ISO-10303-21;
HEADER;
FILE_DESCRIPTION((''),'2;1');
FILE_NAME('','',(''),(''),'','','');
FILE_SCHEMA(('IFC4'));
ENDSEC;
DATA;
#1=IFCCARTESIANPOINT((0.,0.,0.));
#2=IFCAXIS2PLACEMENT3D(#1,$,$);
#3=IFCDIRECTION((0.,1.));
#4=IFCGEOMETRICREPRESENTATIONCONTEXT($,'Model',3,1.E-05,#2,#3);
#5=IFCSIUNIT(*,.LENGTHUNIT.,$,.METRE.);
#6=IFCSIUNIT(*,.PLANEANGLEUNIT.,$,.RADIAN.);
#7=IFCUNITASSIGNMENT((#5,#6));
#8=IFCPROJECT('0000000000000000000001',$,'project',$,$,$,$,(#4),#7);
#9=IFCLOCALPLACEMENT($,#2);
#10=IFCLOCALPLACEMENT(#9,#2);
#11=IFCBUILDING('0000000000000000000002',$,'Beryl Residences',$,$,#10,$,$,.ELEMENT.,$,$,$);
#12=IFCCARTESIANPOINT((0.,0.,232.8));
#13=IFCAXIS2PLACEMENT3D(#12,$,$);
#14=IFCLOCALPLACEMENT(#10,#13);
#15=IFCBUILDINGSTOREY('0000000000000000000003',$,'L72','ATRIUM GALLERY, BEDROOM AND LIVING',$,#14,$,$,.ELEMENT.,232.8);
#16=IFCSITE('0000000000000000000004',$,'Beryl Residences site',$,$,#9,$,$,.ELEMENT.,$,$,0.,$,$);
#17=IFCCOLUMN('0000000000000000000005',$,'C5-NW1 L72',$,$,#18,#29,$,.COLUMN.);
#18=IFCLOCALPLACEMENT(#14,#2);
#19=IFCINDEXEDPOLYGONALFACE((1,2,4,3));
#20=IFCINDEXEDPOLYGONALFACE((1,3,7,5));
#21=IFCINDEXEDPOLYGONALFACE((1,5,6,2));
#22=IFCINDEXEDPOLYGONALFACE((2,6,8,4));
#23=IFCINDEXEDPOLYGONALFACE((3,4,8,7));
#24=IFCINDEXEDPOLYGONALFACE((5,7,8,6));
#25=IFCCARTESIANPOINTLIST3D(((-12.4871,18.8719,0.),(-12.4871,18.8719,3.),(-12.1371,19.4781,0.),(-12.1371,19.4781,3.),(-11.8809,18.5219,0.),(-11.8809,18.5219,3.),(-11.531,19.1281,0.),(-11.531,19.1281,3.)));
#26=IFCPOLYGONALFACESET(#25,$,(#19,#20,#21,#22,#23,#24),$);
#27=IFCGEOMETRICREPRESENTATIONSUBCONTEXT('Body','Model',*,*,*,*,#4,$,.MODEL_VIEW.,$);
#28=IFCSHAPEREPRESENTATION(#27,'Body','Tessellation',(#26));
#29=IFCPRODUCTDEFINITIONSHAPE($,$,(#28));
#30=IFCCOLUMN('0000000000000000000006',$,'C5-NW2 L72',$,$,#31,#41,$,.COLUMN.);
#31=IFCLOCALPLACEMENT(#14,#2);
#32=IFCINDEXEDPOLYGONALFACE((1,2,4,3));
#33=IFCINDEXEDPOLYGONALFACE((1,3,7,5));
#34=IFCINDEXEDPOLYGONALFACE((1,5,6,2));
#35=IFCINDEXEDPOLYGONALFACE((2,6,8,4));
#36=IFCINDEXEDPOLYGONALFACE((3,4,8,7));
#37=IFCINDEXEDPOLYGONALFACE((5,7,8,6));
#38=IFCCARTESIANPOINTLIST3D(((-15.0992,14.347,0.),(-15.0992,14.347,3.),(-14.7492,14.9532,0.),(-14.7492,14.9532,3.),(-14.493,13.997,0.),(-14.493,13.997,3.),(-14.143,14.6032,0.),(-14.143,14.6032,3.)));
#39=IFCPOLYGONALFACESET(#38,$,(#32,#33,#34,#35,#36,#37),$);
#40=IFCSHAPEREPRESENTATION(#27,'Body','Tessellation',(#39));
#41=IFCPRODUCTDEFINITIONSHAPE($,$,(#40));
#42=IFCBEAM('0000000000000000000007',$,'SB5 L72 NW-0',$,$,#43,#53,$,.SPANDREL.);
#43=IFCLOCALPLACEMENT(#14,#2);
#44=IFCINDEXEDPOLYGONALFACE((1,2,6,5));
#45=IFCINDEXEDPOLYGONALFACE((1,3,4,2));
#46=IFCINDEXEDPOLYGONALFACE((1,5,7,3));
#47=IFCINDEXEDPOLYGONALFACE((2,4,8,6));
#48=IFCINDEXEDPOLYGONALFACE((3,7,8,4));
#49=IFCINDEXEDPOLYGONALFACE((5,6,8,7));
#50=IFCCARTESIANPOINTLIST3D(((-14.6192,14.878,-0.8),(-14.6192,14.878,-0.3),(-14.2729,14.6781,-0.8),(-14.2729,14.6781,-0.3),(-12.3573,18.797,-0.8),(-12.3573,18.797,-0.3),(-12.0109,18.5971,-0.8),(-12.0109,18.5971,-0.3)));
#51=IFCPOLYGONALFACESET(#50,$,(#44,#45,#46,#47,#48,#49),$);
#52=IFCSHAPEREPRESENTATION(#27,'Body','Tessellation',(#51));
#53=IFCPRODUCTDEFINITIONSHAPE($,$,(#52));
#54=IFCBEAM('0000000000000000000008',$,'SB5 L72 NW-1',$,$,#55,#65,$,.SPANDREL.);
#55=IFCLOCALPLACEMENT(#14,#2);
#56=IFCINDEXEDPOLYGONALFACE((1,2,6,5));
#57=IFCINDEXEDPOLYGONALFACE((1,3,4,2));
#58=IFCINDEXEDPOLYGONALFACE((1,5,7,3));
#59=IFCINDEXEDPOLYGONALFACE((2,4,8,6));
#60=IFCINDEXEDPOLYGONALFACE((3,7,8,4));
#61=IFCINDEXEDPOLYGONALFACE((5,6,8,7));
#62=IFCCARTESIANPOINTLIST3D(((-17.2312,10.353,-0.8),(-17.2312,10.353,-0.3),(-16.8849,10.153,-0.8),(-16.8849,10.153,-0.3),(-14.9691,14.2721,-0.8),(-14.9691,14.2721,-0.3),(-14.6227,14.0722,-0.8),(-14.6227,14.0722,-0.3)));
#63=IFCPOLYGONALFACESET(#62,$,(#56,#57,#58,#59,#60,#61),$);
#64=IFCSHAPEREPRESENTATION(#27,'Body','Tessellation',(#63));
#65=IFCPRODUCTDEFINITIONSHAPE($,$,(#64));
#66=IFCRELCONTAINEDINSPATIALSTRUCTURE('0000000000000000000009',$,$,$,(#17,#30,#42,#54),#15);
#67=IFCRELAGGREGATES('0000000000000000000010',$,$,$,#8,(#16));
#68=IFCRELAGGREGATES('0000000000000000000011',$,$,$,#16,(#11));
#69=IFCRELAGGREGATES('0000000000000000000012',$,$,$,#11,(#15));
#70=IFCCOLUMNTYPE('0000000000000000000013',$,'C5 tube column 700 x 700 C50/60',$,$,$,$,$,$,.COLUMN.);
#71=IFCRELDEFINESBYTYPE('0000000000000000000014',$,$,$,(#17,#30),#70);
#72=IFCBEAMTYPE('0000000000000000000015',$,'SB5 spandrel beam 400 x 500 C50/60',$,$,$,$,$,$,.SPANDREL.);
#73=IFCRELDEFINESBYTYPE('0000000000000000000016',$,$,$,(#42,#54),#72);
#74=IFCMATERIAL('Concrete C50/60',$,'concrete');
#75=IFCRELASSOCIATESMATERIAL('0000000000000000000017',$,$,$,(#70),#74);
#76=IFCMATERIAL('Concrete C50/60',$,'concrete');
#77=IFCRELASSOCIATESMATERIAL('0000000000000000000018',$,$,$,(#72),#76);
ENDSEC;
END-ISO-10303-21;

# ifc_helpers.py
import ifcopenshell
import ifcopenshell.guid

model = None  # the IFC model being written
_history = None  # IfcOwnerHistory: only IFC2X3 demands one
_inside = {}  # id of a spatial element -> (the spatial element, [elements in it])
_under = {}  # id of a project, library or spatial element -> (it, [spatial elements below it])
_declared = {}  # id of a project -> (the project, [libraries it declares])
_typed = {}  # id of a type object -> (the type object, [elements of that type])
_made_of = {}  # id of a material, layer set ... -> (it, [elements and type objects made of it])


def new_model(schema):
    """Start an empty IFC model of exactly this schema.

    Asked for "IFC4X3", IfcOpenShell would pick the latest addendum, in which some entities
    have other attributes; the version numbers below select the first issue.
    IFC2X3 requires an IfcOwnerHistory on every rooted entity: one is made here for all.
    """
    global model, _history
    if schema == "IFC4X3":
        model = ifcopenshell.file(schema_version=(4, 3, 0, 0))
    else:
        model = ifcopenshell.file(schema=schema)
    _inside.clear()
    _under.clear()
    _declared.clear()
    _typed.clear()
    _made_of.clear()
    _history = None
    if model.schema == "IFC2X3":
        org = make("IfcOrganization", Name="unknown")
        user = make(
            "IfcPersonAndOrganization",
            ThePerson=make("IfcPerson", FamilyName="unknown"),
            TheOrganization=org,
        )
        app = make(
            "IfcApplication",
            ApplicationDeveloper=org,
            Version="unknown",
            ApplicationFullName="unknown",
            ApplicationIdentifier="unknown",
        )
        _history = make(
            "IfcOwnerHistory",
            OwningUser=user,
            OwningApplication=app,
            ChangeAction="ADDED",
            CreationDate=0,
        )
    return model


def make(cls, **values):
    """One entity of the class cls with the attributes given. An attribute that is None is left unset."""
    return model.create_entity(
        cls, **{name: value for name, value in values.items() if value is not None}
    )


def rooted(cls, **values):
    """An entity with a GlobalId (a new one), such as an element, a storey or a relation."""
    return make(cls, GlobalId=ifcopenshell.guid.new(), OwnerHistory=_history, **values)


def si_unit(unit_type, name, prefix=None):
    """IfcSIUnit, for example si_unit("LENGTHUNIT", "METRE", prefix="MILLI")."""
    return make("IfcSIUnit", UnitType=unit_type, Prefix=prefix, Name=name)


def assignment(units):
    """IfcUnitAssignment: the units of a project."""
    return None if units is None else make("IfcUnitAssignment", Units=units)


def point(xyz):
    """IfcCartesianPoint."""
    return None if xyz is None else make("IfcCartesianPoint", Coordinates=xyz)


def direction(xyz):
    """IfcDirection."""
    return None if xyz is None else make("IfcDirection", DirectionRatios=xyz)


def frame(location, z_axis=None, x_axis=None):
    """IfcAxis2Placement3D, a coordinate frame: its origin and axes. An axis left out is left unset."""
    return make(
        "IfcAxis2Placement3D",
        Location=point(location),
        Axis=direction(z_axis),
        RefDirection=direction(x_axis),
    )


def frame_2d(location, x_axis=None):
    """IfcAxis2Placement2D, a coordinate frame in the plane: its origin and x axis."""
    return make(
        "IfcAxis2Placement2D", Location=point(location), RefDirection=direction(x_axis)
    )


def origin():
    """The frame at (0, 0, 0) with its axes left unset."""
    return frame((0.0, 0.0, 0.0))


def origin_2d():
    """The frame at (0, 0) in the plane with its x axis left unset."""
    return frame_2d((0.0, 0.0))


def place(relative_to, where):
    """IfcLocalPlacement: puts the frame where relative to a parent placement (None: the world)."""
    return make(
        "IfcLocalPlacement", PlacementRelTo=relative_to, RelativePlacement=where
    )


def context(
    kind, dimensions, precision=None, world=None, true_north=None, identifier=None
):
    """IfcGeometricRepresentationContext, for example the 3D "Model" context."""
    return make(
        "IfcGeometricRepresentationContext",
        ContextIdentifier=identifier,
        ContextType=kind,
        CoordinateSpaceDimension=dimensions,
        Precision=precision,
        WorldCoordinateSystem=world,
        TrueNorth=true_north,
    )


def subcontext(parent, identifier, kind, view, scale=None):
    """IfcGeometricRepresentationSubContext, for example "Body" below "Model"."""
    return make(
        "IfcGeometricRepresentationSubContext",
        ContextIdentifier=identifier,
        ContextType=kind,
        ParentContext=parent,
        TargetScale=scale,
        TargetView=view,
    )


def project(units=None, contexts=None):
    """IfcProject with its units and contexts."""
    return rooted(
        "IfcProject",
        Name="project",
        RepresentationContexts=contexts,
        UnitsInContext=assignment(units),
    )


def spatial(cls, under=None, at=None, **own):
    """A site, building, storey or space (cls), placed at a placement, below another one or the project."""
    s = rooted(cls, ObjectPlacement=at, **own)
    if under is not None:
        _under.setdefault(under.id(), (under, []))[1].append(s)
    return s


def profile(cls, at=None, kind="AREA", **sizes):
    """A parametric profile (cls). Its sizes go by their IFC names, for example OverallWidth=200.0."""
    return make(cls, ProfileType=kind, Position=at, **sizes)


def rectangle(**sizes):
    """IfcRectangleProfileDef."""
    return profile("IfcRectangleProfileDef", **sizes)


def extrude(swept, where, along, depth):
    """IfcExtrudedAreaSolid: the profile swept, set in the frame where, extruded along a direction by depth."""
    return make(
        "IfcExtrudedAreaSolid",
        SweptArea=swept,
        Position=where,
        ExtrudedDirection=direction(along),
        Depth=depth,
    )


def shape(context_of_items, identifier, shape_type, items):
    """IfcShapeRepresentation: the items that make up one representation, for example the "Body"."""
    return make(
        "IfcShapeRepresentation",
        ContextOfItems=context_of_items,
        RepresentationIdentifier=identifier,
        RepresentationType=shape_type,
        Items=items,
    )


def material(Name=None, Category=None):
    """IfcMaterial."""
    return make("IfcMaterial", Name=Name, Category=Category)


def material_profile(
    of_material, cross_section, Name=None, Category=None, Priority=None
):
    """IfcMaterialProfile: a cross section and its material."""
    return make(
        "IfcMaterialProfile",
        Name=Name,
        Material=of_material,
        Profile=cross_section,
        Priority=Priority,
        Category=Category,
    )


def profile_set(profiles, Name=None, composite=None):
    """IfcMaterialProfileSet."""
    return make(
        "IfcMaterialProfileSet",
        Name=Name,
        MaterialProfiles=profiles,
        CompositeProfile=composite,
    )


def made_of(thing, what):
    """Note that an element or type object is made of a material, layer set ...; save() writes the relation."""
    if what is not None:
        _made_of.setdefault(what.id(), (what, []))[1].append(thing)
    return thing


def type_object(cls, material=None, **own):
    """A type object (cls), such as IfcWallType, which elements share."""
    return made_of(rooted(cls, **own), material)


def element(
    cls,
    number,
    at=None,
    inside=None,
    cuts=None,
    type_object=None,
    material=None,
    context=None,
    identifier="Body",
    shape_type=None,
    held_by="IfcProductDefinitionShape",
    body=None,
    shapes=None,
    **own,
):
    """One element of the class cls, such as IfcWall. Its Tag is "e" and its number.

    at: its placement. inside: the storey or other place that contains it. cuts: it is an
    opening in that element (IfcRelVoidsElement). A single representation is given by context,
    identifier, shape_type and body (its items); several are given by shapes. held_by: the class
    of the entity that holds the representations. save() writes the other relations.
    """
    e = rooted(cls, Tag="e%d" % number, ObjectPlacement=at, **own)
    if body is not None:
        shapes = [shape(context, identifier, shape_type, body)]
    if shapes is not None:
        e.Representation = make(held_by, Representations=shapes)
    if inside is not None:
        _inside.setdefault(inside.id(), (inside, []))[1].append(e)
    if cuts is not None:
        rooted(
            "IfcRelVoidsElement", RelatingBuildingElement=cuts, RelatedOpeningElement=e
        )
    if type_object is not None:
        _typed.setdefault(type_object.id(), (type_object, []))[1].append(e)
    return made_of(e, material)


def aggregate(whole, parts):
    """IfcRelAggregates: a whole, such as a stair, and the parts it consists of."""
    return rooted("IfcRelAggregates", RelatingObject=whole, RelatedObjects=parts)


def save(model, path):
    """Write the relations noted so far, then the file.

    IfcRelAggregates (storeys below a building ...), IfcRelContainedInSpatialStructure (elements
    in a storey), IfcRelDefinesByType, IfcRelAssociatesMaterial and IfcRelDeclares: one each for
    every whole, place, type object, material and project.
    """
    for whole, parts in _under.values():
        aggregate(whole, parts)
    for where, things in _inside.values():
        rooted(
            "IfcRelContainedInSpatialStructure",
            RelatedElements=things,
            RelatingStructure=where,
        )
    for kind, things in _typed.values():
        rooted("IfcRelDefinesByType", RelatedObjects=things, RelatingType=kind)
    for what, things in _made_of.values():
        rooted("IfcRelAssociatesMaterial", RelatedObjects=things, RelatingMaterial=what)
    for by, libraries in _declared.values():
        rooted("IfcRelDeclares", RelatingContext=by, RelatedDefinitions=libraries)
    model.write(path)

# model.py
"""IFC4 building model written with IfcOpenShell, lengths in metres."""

from ifc_helpers import new_model, si_unit, direction, frame, origin, origin_2d, place, context, subcontext, project, spatial, rectangle, extrude, material, material_profile, profile_set, type_object, element, save


model = new_model("IFC4")

# Units and contexts
model_context = context("Model", 3, precision=1e-05, world=origin(), true_north=direction((0.0, 1.0)))
body_context = subcontext(model_context, "Body", "Model", "MODEL_VIEW")
ifc_project = project(units=[si_unit("LENGTHUNIT", "METRE"), si_unit("PLANEANGLEUNIT", "RADIAN")], contexts=[model_context])

# Site, building, storey
site_placement = place(None, origin())
site = spatial("IfcSite", under=ifc_project, at=site_placement, Name="Beryl Residences site", CompositionType="ELEMENT", RefElevation=0.0)
building_placement = place(site_placement, origin())
building = spatial("IfcBuilding", under=site, at=building_placement, Name="Beryl Residences", CompositionType="ELEMENT")
storey_placement = place(building_placement, frame((0.0, 0.0, 232.8)))
storey = spatial("IfcBuildingStorey", under=building, at=storey_placement, Name="L72", Description="ATRIUM GALLERY, BEDROOM AND LIVING", CompositionType="ELEMENT", Elevation=232.8)

# Columns
ifc_material_1 = material(Name="Concrete C50/60", Category="concrete")
ifc_material_profile_1 = material_profile(ifc_material_1, rectangle(XDim=0.7, YDim=0.7, at=origin_2d()))
ifc_profile_set_1 = profile_set([ifc_material_profile_1], Name="Concrete C50/60")
column_type = type_object("IfcColumnType", Name="C5 tube column 700 x 700 C50/60", PredefinedType="COLUMN", material=ifc_profile_set_1)
for number, where, z_axis, x_axis, name in (
    (1, (-12.009, 19.0, 0.0), (0.0, 0.0, 1.0), (-0.49997, -0.866043, 0.0), "C5-NW1 L72"),
    (2, (-14.6211, 14.4751, 0.0), (0.0, 0.0, 1.0), (-0.49997, -0.866043, 0.0), "C5-NW2 L72"),
):
    element("IfcColumn", number, at=place(storey_placement, frame(where, z_axis=z_axis, x_axis=x_axis)), inside=storey, type_object=column_type, Name=name, PredefinedType="COLUMN", context=body_context, shape_type="SweptSolid", body=[
        extrude(rectangle(XDim=0.7, YDim=0.7, at=origin_2d()), origin(), (0.0, 0.0, 1.0), 3.0),
    ])

# Beams
ifc_material_2 = material(Name="Concrete C50/60", Category="concrete")
ifc_material_profile_2 = material_profile(ifc_material_2, rectangle(XDim=0.3999, YDim=0.5, at=origin_2d()))
ifc_profile_set_2 = profile_set([ifc_material_profile_2], Name="Concrete C50/60")
beam_type = type_object("IfcBeamType", Name="SB5 spandrel beam 400 x 500 C50/60", PredefinedType="SPANDREL", material=ifc_profile_set_2)
beam_1_placement = place(storey_placement, frame((-12.1841, 18.697, -0.55), z_axis=(-0.499894, -0.866087, 0.0), x_axis=(0.866087, -0.499894, 0.0)))
element("IfcBeam", 3, at=beam_1_placement, inside=storey, type_object=beam_type, Name="SB5 L72 NW-0", PredefinedType="SPANDREL", context=body_context, shape_type="SweptSolid", body=[
    extrude(rectangle(XDim=0.3999, YDim=0.5, at=origin_2d()), origin(), (0.0, 0.0, 1.0), 4.5249),
])
beam_2_placement = place(storey_placement, frame((-14.7959, 14.1721, -0.55), z_axis=(-0.499911, -0.866077, 0.0), x_axis=(0.866077, -0.499911, 0.0)))
element("IfcBeam", 4, at=beam_2_placement, inside=storey, type_object=beam_type, Name="SB5 L72 NW-1", PredefinedType="SPANDREL", context=body_context, shape_type="SweptSolid", body=[
    extrude(rectangle(XDim=0.3999, YDim=0.5, at=origin_2d()), origin(), (0.0, 0.0, 1.0), 4.5251),
])

save(model, "model.ifc")
